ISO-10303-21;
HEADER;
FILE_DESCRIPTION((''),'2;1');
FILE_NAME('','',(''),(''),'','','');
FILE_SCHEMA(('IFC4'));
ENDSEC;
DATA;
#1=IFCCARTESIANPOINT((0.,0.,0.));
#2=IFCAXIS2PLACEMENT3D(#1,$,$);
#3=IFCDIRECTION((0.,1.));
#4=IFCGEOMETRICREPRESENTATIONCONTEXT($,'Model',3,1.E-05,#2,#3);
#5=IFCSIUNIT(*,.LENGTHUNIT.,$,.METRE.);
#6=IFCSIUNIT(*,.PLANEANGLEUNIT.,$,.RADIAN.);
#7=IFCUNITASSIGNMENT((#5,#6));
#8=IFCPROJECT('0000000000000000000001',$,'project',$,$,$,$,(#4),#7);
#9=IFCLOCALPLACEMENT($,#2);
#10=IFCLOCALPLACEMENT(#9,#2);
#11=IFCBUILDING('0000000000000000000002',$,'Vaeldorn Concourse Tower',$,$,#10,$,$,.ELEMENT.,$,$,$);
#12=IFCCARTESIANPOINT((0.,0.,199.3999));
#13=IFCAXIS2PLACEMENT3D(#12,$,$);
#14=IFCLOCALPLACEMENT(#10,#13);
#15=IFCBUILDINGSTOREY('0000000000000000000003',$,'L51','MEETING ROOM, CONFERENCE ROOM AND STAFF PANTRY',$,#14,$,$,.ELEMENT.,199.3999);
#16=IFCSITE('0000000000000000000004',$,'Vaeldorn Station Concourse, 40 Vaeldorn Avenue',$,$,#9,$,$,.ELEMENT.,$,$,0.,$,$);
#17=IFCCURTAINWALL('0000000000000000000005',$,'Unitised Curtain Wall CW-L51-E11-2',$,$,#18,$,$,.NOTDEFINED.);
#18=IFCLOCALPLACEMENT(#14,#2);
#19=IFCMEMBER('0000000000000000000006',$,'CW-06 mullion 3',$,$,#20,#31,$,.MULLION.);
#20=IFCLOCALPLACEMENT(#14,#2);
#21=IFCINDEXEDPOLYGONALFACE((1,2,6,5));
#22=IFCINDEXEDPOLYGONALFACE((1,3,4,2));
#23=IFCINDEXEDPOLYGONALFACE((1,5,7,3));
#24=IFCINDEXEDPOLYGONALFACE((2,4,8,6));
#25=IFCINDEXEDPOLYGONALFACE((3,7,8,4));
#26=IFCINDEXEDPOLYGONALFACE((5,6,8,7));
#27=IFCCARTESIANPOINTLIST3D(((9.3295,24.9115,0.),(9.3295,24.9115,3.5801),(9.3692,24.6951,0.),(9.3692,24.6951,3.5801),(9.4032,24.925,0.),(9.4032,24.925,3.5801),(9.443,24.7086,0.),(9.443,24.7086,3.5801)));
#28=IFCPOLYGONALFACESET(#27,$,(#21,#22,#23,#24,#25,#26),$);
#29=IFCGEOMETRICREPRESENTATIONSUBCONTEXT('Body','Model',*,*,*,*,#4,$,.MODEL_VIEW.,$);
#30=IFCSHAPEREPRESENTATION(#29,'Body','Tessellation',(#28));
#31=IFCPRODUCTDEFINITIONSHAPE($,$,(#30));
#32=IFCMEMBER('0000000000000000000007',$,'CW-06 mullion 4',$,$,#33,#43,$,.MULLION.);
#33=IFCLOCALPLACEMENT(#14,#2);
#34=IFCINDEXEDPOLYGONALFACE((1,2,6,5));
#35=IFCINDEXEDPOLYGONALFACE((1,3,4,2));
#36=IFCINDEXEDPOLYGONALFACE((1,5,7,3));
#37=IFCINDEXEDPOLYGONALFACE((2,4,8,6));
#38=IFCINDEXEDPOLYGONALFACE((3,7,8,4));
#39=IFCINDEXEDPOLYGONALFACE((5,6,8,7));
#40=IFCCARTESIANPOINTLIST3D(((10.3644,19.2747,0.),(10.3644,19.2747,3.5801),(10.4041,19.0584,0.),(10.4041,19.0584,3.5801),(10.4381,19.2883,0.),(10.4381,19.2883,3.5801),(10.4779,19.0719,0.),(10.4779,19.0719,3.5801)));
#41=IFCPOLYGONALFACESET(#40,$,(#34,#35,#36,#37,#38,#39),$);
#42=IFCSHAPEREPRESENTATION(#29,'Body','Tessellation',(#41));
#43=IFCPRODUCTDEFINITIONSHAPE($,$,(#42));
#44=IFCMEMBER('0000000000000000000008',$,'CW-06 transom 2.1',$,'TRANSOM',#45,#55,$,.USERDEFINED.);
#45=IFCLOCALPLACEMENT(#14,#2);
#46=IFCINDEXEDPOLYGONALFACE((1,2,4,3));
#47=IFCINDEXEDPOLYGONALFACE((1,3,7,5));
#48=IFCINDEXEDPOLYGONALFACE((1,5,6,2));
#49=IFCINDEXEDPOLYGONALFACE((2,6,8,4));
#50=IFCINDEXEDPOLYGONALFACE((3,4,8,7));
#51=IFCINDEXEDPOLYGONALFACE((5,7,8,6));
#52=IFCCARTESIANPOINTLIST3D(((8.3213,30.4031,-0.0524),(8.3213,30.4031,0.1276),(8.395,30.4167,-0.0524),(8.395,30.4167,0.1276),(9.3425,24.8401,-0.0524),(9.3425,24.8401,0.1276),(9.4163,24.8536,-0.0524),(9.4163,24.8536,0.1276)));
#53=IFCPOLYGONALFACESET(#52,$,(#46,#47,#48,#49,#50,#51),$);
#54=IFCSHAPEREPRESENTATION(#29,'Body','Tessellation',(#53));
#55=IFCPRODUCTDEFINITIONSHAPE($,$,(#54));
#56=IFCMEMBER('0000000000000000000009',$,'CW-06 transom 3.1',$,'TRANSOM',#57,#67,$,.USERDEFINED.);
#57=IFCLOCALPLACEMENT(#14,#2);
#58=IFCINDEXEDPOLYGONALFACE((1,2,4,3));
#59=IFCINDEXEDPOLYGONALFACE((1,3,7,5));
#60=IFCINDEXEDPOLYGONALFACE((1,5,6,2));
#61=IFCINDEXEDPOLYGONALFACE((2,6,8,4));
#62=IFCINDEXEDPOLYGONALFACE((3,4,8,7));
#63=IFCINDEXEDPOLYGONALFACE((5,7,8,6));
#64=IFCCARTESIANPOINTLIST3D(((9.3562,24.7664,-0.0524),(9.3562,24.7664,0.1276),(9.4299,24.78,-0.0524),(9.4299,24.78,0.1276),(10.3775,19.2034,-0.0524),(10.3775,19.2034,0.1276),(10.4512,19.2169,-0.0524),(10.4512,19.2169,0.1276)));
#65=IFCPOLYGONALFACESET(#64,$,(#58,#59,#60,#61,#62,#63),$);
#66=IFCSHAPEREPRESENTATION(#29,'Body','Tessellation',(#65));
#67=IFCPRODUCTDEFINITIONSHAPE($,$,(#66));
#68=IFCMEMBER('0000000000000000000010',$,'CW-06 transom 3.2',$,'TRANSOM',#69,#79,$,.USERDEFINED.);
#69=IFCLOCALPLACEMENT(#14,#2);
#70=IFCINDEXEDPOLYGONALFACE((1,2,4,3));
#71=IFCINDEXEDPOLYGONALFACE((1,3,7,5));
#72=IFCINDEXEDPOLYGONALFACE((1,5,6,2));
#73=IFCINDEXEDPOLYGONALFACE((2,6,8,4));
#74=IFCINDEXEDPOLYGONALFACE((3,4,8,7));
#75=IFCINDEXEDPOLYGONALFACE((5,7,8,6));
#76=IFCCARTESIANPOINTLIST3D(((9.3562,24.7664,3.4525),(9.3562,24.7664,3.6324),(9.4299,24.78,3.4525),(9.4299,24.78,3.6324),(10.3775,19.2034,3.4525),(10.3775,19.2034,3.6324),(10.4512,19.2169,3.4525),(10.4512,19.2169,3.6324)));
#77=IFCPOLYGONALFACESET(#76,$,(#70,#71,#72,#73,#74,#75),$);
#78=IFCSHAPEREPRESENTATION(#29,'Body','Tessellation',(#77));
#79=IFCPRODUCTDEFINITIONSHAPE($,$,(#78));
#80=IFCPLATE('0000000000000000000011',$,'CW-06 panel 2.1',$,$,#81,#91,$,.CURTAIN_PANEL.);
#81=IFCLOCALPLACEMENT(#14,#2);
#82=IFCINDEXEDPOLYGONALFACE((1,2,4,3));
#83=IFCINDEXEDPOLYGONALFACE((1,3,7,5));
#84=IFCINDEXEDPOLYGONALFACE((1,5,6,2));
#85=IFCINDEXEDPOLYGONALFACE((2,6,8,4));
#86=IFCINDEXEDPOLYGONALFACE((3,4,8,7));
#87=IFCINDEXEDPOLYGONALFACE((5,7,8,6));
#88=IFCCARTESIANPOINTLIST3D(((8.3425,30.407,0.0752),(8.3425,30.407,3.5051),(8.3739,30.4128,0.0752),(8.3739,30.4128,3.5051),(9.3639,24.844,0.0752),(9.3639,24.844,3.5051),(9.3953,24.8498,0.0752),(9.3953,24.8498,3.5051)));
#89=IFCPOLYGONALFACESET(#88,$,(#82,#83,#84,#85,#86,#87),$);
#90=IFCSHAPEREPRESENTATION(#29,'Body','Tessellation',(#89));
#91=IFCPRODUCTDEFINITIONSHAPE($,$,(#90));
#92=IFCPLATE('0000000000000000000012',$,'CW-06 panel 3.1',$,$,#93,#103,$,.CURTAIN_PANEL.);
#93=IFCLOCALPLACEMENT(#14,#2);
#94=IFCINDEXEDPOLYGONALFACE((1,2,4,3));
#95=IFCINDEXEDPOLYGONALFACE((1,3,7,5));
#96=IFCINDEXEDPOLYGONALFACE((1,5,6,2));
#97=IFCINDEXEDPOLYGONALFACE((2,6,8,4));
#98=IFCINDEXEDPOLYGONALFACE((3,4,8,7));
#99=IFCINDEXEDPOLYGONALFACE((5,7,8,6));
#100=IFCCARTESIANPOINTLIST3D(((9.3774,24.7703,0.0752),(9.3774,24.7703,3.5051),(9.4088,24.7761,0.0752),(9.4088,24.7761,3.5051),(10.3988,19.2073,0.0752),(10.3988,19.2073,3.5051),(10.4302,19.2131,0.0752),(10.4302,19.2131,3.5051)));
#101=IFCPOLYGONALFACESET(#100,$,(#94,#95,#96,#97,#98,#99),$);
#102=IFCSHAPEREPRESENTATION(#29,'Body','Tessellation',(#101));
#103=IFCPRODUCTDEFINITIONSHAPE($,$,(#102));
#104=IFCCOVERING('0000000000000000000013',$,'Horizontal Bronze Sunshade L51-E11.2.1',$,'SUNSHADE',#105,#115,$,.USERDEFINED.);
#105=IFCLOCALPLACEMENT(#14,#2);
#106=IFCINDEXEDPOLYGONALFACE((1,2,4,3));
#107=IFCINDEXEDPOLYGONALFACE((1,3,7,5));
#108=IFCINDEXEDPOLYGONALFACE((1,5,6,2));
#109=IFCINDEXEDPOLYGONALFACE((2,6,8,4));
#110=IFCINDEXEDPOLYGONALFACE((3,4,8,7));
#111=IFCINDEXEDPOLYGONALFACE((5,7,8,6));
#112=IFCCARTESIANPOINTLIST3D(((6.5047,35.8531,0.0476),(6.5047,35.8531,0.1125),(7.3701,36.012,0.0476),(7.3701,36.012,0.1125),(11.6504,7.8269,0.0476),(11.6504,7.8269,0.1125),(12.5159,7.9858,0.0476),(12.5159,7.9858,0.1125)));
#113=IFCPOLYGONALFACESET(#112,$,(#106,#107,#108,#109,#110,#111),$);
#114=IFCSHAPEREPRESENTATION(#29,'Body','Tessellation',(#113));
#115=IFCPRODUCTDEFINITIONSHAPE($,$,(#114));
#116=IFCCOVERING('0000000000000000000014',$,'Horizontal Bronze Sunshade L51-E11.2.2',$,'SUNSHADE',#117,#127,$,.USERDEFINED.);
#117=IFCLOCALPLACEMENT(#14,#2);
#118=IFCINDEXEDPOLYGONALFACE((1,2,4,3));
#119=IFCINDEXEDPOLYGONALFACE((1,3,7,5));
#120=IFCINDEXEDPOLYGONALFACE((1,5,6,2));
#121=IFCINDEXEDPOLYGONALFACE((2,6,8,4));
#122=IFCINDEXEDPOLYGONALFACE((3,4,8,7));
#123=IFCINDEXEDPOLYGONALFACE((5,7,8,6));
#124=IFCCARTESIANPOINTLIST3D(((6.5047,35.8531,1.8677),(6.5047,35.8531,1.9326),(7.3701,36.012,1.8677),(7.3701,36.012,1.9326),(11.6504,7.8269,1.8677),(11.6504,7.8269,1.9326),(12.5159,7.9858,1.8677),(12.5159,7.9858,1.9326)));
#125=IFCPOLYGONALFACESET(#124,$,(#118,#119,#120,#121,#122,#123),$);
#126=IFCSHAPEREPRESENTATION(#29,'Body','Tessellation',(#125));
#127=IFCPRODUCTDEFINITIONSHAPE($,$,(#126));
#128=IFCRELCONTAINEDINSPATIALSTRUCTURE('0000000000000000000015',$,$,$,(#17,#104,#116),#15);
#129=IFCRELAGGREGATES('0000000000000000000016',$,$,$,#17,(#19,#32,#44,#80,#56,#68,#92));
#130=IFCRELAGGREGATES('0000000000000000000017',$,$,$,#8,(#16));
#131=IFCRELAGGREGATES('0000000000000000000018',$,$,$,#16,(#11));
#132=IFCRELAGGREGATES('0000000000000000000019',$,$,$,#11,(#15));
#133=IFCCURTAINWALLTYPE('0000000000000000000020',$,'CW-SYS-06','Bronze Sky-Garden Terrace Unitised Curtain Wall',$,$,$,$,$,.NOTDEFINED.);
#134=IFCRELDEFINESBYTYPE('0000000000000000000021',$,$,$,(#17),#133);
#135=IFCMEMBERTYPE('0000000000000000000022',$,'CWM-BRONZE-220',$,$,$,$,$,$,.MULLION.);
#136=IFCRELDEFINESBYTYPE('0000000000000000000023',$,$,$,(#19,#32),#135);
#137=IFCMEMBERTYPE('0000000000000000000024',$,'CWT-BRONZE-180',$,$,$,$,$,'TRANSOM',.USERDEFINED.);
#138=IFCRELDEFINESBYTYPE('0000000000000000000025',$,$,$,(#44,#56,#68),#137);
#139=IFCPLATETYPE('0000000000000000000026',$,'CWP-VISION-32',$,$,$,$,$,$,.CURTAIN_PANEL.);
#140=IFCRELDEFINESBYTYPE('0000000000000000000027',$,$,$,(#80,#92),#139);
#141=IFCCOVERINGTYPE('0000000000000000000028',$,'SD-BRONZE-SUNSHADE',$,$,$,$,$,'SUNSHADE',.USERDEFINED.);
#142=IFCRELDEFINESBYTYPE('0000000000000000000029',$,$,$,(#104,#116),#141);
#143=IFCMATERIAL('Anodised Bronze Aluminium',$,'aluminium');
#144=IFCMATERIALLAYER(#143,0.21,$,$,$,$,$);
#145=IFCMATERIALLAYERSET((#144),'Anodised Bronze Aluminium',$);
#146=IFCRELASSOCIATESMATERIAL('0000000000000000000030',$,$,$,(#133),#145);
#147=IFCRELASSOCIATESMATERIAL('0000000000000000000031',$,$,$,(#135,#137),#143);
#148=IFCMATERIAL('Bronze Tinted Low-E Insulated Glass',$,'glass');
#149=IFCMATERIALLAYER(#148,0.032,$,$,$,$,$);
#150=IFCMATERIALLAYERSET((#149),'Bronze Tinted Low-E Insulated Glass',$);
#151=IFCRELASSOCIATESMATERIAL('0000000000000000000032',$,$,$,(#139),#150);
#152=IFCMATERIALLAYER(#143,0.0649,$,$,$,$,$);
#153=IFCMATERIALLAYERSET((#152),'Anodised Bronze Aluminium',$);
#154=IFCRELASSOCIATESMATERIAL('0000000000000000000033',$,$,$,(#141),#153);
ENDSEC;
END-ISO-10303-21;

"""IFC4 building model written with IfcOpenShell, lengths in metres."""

from ifc_helpers import new_model, si_unit, direction, frame, origin, origin_2d, place, context, subcontext, project, spatial, rectangle, extrude, source, transform, mapped, material, layer, layer_set, material_profile, profile_set, type_object, element, aggregate, save


model = new_model("IFC4")

# Units and contexts
model_context = context("Model", 3, precision=1e-05, world=origin(), true_north=direction((0.0, 1.0)))
body_context = subcontext(model_context, "Body", "Model", "MODEL_VIEW")
ifc_project = project(units=[si_unit("LENGTHUNIT", "METRE"), si_unit("PLANEANGLEUNIT", "RADIAN")], contexts=[model_context])

# Site, building, storey
site_placement = place(None, origin())
site = spatial("IfcSite", under=ifc_project, at=site_placement, Name="Vaeldorn Station Concourse, 40 Vaeldorn Avenue", CompositionType="ELEMENT", RefElevation=0.0)
building_placement = place(site_placement, origin())
building = spatial("IfcBuilding", under=site, at=building_placement, Name="Vaeldorn Concourse Tower", CompositionType="ELEMENT")
storey_placement = place(building_placement, frame((0.0, 0.0, 199.3999)))
storey = spatial("IfcBuildingStorey", under=building, at=storey_placement, Name="L51", Description="MEETING ROOM, CONFERENCE ROOM AND STAFF PANTRY", CompositionType="ELEMENT", Elevation=199.3999)

# Curtain wall, members, plates
ifc_material_1 = material(Name="Anodised Bronze Aluminium", Category="aluminium")
ifc_layer_1 = layer(ifc_material_1, 0.21)
ifc_layer_set_1 = layer_set([ifc_layer_1], Name="Anodised Bronze Aluminium")
curtain_wall_type = type_object("IfcCurtainWallType", Name="CW-SYS-06", Description="Bronze Sky-Garden Terrace Unitised Curtain Wall", PredefinedType="NOTDEFINED", material=ifc_layer_set_1)
curtain_wall_placement = place(storey_placement, origin())
curtain_wall = element("IfcCurtainWall", 1, at=curtain_wall_placement, inside=storey, type_object=curtain_wall_type, Name="Unitised Curtain Wall CW-L51-E11-2", PredefinedType="NOTDEFINED")
ifc_material_profile_1 = material_profile(ifc_material_1, rectangle(XDim=0.075, YDim=0.22, at=origin_2d()), Name="CWM 75x220")
ifc_profile_set_1 = profile_set([ifc_material_profile_1], Name="Anodised Bronze Aluminium")
member_type_1 = type_object("IfcMemberType", Name="CWM-BRONZE-220", PredefinedType="MULLION", material=ifc_profile_set_1)
shared_shape_1 = source(origin(), body_context, "Body", "SweptSolid", [
    extrude(rectangle(XDim=0.075, YDim=0.22, at=origin_2d()), origin(), (0.0, 0.0, 1.0), 3.5801),
])
member_1_placement = place(storey_placement, frame((9.3862, 24.8101, 0.0), z_axis=(0.0, 0.0, 1.0), x_axis=(0.983559, 0.180585, 0.0)))
member_1 = element("IfcMember", 2, at=member_1_placement, type_object=member_type_1, Name="CW-06 mullion 3", PredefinedType="MULLION", context=body_context, shape_type="MappedRepresentation", body=[
    mapped(shared_shape_1, transform((0.0, 0.0, 0.0), scale=1.0)),
])
member_2_placement = place(storey_placement, frame((10.4211, 19.1733, 0.0), z_axis=(0.0, 0.0, 1.0), x_axis=(0.983559, 0.180585, 0.0)))
member_2 = element("IfcMember", 3, at=member_2_placement, type_object=member_type_1, Name="CW-06 mullion 4", PredefinedType="MULLION", context=body_context, shape_type="MappedRepresentation", body=[
    mapped(shared_shape_1, transform((0.0, 0.0, 0.0), scale=1.0)),
])
ifc_material_profile_2 = material_profile(ifc_material_1, rectangle(XDim=0.075, YDim=0.1799, at=origin_2d()), Name="CWT 75x180")
ifc_profile_set_2 = profile_set([ifc_material_profile_2], Name="Anodised Bronze Aluminium")
member_type_2 = type_object("IfcMemberType", Name="CWT-BRONZE-180", ElementType="TRANSOM", PredefinedType="USERDEFINED", material=ifc_profile_set_2)
shared_shape_2 = source(origin(), body_context, "Body", "SweptSolid", [
    extrude(rectangle(XDim=0.075, YDim=0.1799, at=origin_2d()), origin(), (0.0, 0.0, 1.0), 5.656),
])
member_3_placement = place(storey_placement, frame((8.3582, 30.4099, 0.0376), z_axis=(0.18056, -0.983564, 0.0), x_axis=(0.983564, 0.18056, 0.0)))
member_3 = element("IfcMember", 4, at=member_3_placement, type_object=member_type_2, Name="CW-06 transom 2.1", ObjectType="TRANSOM", PredefinedType="USERDEFINED", context=body_context, shape_type="MappedRepresentation", body=[
    mapped(shared_shape_2, transform((0.0, 0.0, 0.0), scale=1.0)),
])
member_4_placement = place(storey_placement, frame((9.3931, 24.7732, 0.0376), z_axis=(0.18056, -0.983564, 0.0), x_axis=(0.983564, 0.18056, 0.0)))
member_4 = element("IfcMember", 5, at=member_4_placement, type_object=member_type_2, Name="CW-06 transom 3.1", ObjectType="TRANSOM", PredefinedType="USERDEFINED", context=body_context, shape_type="MappedRepresentation", body=[
    mapped(shared_shape_2, transform((0.0, 0.0, 0.0), scale=1.0)),
])
member_5_placement = place(storey_placement, frame((9.3931, 24.7732, 3.5425), z_axis=(0.18056, -0.983564, 0.0), x_axis=(0.983564, 0.18056, 0.0)))
member_5 = element("IfcMember", 6, at=member_5_placement, type_object=member_type_2, Name="CW-06 transom 3.2", ObjectType="TRANSOM", PredefinedType="USERDEFINED", context=body_context, shape_type="MappedRepresentation", body=[
    mapped(shared_shape_2, transform((0.0, 0.0, 0.0), scale=1.0)),
])
ifc_material_2 = material(Name="Bronze Tinted Low-E Insulated Glass", Category="glass")
ifc_layer_2 = layer(ifc_material_2, 0.032)
ifc_layer_set_2 = layer_set([ifc_layer_2], Name="Bronze Tinted Low-E Insulated Glass")
plate_type = type_object("IfcPlateType", Name="CWP-VISION-32", PredefinedType="CURTAIN_PANEL", material=ifc_layer_set_2)
shared_shape_3 = source(origin(), body_context, "Body", "SweptSolid", [
    extrude(rectangle(XDim=5.656, YDim=0.032, at=origin_2d()), origin(), (0.0, 0.0, 1.0), 3.4299),
])
plate_1_placement = place(storey_placement, frame((8.8689, 27.6284, 0.0752), z_axis=(0.0, 0.0, 1.0), x_axis=(0.180585, -0.983559, 0.0)))
plate_1 = element("IfcPlate", 7, at=plate_1_placement, type_object=plate_type, Name="CW-06 panel 2.1", PredefinedType="CURTAIN_PANEL", context=body_context, shape_type="MappedRepresentation", body=[
    mapped(shared_shape_3, transform((0.0, 0.0, 0.0), scale=1.0)),
])
plate_2_placement = place(storey_placement, frame((9.9038, 21.9917, 0.0752), z_axis=(0.0, 0.0, 1.0), x_axis=(0.180585, -0.983559, 0.0)))
plate_2 = element("IfcPlate", 8, at=plate_2_placement, type_object=plate_type, Name="CW-06 panel 3.1", PredefinedType="CURTAIN_PANEL", context=body_context, shape_type="MappedRepresentation", body=[
    mapped(shared_shape_3, transform((0.0, 0.0, 0.0), scale=1.0)),
])
aggregate(curtain_wall, [member_1, member_2, member_3, plate_1, member_4, member_5, plate_2])

# Coverings
ifc_layer_3 = layer(ifc_material_1, 0.0649)
ifc_layer_set_3 = layer_set([ifc_layer_3], Name="Anodised Bronze Aluminium")
covering_type = type_object("IfcCoveringType", Name="SD-BRONZE-SUNSHADE", ElementType="SUNSHADE", PredefinedType="USERDEFINED", material=ifc_layer_set_3)
shared_shape_4 = source(origin(), body_context, "Body", "SweptSolid", [
    extrude(rectangle(XDim=28.4946, YDim=0.8799, at=origin_2d()), origin(), (0.0, 0.0, 1.0), 0.0649),
])
for number, where, z_axis, x_axis, name in (
    (9, (9.5103, 21.9194, 0.0476), (0.0, 0.0, 1.0), (0.180588, -0.983559, 0.0), "Horizontal Bronze Sunshade L51-E11.2.1"),
    (10, (9.5103, 21.9194, 1.8677), (0.0, 0.0, 1.0), (0.180588, -0.983559, 0.0), "Horizontal Bronze Sunshade L51-E11.2.2"),
):
    element("IfcCovering", number, at=place(storey_placement, frame(where, z_axis=z_axis, x_axis=x_axis)), inside=storey, type_object=covering_type, Name=name, ObjectType="SUNSHADE", PredefinedType="USERDEFINED", context=body_context, shape_type="MappedRepresentation", body=[
        mapped(shared_shape_4, transform((0.0, 0.0, 0.0), scale=1.0)),
    ])

save(model, "model.ifc")
